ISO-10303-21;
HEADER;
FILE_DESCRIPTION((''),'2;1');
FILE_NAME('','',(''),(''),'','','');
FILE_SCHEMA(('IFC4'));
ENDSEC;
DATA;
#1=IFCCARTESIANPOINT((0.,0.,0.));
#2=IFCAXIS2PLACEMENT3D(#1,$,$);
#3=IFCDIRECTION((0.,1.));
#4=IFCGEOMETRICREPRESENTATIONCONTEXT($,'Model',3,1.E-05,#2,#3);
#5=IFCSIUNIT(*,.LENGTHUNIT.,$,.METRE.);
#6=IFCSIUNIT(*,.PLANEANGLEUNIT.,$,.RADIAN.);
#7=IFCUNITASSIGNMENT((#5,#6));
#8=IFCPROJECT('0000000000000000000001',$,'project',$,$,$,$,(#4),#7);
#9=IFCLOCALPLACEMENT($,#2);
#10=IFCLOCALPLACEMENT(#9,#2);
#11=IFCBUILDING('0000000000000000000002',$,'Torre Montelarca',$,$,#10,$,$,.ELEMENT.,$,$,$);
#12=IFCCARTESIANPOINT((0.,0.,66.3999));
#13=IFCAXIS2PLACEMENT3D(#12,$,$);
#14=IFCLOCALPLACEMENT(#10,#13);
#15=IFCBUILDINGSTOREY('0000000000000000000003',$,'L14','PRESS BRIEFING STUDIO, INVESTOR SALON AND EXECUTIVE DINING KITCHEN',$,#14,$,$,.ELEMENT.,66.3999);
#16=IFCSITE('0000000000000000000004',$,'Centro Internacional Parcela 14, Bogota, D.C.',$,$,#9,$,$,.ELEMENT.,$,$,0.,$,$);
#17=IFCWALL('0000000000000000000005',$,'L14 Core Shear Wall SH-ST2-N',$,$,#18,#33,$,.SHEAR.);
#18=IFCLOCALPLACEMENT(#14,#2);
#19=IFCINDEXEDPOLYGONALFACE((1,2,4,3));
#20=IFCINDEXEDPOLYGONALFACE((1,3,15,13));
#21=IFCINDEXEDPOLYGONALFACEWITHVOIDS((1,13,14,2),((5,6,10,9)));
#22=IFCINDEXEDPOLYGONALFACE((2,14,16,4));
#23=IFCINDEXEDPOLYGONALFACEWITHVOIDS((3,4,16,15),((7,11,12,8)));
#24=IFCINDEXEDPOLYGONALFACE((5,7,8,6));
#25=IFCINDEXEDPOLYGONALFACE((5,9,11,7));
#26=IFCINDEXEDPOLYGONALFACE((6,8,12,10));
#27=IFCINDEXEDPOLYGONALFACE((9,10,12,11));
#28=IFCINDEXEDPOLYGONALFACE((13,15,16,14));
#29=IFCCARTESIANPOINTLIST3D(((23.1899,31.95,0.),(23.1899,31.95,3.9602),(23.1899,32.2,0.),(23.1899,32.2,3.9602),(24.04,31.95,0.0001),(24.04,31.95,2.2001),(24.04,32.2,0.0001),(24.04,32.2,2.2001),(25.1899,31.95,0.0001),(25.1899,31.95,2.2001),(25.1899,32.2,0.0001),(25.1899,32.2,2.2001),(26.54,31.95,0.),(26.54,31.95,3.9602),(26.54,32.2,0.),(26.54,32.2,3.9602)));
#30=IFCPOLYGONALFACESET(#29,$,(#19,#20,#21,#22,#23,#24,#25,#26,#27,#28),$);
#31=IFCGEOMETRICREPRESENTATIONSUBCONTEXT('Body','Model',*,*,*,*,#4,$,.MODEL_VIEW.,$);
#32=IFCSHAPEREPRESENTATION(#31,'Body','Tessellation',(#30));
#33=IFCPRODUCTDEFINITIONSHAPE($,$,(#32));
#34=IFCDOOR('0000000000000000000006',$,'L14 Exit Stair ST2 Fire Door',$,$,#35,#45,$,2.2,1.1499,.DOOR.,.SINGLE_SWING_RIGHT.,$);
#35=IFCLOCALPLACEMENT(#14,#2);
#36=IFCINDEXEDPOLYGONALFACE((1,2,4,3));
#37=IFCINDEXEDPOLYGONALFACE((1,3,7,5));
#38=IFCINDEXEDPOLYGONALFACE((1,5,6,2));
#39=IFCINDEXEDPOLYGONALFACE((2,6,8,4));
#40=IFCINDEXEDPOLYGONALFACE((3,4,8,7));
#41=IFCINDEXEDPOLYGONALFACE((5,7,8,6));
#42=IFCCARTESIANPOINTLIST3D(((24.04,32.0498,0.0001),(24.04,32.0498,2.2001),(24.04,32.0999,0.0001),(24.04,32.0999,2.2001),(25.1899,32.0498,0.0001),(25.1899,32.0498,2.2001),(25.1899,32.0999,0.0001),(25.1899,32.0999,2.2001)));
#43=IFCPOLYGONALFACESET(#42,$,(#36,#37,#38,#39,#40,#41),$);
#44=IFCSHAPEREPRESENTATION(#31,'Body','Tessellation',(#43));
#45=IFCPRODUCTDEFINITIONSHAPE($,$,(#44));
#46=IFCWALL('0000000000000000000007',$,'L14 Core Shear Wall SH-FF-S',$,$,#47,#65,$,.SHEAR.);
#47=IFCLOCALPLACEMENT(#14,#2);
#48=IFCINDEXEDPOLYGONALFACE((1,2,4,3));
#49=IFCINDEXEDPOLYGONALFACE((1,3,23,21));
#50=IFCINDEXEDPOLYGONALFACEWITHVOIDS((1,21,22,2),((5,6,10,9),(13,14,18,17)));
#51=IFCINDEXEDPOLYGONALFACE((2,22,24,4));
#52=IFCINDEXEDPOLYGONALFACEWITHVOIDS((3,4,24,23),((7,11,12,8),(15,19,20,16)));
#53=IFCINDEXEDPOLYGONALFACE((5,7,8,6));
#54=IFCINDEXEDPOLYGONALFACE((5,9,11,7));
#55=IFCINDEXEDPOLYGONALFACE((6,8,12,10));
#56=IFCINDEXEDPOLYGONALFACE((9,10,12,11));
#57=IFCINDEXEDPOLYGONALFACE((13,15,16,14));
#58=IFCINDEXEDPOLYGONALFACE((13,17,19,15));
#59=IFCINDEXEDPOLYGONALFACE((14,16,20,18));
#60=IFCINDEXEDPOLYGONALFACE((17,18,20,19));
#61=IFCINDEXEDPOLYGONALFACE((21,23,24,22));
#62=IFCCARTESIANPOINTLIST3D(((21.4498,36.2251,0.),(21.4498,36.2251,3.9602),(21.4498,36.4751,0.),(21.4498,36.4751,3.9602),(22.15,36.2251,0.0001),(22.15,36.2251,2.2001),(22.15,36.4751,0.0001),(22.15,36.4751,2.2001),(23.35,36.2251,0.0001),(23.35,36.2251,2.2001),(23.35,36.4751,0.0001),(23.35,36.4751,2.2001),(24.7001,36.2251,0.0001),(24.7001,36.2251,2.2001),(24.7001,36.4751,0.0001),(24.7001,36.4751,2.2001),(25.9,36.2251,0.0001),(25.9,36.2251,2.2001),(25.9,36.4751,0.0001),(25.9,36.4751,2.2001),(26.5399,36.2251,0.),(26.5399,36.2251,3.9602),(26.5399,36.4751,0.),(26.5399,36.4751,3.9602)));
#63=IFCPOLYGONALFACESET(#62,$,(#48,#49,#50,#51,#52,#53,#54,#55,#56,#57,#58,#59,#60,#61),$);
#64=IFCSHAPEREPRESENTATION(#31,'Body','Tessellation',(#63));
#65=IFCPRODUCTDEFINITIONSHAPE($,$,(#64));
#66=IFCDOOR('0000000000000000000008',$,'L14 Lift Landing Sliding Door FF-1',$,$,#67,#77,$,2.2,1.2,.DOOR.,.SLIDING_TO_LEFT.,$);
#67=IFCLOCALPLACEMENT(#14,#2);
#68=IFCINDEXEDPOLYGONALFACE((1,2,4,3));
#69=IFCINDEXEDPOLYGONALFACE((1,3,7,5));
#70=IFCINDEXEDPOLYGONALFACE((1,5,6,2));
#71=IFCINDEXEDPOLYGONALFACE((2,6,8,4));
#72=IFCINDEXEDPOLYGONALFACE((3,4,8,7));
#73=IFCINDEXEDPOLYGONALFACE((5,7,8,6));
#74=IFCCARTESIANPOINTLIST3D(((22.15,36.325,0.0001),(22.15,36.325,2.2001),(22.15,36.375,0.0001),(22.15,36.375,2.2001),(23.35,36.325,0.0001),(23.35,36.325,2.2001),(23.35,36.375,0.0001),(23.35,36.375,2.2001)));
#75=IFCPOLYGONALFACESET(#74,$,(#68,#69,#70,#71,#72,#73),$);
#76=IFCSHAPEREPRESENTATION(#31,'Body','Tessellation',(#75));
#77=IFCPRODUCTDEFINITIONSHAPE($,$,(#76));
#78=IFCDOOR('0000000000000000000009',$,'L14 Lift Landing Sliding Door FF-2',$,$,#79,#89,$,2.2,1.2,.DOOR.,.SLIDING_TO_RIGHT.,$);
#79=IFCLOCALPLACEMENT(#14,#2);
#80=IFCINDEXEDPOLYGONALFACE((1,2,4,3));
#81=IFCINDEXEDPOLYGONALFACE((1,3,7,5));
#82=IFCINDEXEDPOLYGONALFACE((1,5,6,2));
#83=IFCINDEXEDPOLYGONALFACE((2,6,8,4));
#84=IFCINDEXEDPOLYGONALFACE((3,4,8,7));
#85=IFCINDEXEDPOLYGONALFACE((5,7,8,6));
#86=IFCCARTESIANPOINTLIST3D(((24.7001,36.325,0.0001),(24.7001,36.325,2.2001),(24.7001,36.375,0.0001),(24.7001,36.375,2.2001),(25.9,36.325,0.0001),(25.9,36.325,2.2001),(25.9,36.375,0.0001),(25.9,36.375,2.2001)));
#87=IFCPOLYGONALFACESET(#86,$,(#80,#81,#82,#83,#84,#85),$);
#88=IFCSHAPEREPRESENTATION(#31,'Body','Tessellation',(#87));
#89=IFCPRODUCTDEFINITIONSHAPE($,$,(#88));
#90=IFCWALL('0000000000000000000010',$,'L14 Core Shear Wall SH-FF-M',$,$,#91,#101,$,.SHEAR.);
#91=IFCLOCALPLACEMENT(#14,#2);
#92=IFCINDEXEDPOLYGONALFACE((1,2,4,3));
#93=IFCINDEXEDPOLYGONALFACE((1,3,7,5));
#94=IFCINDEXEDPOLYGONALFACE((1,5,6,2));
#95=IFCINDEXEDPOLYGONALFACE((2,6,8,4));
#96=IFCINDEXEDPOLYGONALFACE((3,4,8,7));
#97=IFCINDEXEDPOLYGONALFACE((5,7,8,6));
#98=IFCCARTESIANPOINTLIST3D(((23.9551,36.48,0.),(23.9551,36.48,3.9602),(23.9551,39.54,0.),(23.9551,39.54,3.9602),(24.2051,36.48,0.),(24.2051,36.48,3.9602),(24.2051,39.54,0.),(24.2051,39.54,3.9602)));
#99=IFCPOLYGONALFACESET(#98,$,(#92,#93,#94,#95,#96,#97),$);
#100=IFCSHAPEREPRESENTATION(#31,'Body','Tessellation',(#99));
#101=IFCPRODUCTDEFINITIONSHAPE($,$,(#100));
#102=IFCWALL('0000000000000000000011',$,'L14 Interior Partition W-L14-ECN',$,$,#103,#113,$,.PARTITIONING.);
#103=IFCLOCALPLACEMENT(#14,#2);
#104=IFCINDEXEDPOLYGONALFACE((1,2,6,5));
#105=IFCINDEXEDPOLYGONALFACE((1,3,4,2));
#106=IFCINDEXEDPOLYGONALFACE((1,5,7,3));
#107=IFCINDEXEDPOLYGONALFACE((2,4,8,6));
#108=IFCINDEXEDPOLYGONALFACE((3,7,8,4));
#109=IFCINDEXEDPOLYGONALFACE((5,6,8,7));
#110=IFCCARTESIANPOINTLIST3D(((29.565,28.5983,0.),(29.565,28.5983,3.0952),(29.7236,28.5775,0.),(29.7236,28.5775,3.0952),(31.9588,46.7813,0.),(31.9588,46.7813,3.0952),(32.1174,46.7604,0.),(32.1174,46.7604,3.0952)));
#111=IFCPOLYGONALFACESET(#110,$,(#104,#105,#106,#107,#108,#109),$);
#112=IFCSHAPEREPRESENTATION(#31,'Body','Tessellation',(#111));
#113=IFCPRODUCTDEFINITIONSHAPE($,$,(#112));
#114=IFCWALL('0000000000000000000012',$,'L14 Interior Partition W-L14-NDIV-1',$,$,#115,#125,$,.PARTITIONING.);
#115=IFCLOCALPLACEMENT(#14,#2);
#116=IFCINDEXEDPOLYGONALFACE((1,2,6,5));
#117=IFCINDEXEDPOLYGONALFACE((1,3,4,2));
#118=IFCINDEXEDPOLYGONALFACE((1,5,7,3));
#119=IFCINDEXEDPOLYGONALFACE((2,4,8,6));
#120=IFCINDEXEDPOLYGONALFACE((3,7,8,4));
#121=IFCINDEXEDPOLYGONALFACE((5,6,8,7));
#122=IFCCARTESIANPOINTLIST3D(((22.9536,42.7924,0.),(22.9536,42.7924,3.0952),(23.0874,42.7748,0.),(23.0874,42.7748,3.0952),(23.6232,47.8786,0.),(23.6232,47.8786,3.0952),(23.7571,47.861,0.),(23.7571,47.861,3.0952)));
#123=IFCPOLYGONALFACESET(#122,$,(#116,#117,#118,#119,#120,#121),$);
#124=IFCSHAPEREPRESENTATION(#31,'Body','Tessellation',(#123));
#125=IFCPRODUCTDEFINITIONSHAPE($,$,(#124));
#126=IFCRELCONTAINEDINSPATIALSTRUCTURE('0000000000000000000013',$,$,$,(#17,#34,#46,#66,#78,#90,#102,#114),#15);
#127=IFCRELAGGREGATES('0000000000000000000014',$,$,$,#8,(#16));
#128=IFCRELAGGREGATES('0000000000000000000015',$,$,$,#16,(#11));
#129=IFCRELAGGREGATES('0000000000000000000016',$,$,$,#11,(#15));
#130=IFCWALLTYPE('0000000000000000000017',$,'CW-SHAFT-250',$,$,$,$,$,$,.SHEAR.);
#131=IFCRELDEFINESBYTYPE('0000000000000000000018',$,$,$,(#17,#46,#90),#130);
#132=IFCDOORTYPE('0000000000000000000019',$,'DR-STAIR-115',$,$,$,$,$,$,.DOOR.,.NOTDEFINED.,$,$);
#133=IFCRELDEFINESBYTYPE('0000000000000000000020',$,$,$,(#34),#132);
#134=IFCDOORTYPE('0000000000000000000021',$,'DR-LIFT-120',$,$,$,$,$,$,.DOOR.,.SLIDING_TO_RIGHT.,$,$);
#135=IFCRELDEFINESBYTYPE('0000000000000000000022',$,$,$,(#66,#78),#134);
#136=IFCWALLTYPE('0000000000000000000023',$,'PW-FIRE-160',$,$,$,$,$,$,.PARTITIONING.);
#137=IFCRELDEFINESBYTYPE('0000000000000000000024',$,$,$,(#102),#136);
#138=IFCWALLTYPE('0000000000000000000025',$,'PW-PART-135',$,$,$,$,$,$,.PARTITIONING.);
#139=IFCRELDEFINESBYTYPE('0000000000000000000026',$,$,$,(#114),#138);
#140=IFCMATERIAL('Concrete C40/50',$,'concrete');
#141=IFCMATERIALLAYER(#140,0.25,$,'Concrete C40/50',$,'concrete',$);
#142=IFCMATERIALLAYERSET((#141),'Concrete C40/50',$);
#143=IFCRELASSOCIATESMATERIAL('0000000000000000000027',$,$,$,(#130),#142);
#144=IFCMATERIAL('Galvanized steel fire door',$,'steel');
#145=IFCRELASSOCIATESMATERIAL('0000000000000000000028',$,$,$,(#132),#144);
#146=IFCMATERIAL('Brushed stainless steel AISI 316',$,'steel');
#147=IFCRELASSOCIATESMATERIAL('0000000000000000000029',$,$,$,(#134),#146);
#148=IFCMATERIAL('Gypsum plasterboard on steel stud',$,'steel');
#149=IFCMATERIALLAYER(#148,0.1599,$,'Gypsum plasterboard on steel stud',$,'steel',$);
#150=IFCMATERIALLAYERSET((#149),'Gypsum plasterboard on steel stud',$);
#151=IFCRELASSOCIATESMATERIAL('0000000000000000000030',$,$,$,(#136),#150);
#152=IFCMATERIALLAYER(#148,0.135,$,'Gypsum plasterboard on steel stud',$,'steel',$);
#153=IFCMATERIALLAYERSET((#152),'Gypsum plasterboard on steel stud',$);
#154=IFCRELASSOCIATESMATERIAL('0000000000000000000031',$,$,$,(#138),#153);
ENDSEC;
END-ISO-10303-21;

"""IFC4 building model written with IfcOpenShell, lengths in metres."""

from ifc_helpers import new_model, si_unit, direction, frame, frame_2d, origin, place, context, subcontext, project, spatial, rectangle, extrude, source, transform, mapped, material, layer, layer_set, type_object, element, fill, save


model = new_model("IFC4")

# Units and contexts
model_context = context("Model", 3, precision=1e-05, world=origin(), true_north=direction((0.0, 1.0)))
body_context = subcontext(model_context, "Body", "Model", "MODEL_VIEW")
ifc_project = project(units=[si_unit("LENGTHUNIT", "METRE"), si_unit("PLANEANGLEUNIT", "RADIAN")], contexts=[model_context])

# Site, building, storey
site_placement = place(None, origin())
site = spatial("IfcSite", under=ifc_project, at=site_placement, Name="Centro Internacional Parcela 14, Bogota, D.C.", CompositionType="ELEMENT", RefElevation=0.0)
building_placement = place(site_placement, origin())
building = spatial("IfcBuilding", under=site, at=building_placement, Name="Torre Montelarca", CompositionType="ELEMENT")
storey_placement = place(building_placement, frame((0.0, 0.0, 66.3999)))
storey = spatial("IfcBuildingStorey", under=building, at=storey_placement, Name="L14", Description="PRESS BRIEFING STUDIO, INVESTOR SALON AND EXECUTIVE DINING KITCHEN", CompositionType="ELEMENT", Elevation=66.3999)

# Wall, opening, door
ifc_material_1 = material(Name="Concrete C40/50", Category="concrete")
ifc_layer_1 = layer(ifc_material_1, 0.25, Name="Concrete C40/50", Category="concrete")
ifc_layer_set_1 = layer_set([ifc_layer_1], Name="Concrete C40/50")
wall_type_1 = type_object("IfcWallType", Name="CW-SHAFT-250", PredefinedType="SHEAR", material=ifc_layer_set_1)
wall_1_placement = place(storey_placement, frame((23.1899, 32.075, 0.0), z_axis=(0.0, 0.0, 1.0), x_axis=(1.0, 0.0, 0.0)))
wall_1 = element("IfcWall", 1, at=wall_1_placement, inside=storey, type_object=wall_type_1, Name="L14 Core Shear Wall SH-ST2-N", PredefinedType="SHEAR", context=body_context, shape_type="SweptSolid", body=[
    extrude(rectangle(XDim=3.3501, YDim=0.25, at=frame_2d((1.675, 0.0))), origin(), (0.0, 0.0, 1.0), 3.9602),
])
opening_1_placement = place(wall_1_placement, frame((0.8501, 0.0, 0.0)))
opening_1 = element("IfcOpeningElement", 2, at=opening_1_placement, cuts=wall_1, PredefinedType="OPENING", context=body_context, shape_type="SweptSolid", body=[
    extrude(rectangle(XDim=1.1499, YDim=2.2, at=frame_2d((0.575, 1.1001))), frame((0.0, 0.135, 0.0), z_axis=(0.0, -1.0, 0.0), x_axis=(1.0, 0.0, 0.0)), (0.0, 0.0, 1.0), 0.27),
])
ifc_material_2 = material(Name="Galvanized steel fire door", Category="steel")
door_type_1 = type_object("IfcDoorType", Name="DR-STAIR-115", OperationType="NOTDEFINED", PredefinedType="DOOR", material=ifc_material_2)
shared_shape_1 = source(origin(), body_context, "Body", "SweptSolid", [
    extrude(rectangle(XDim=1.1499, YDim=2.2, at=frame_2d((0.575, 1.1001))), frame((0.0, 0.0249, 0.0), z_axis=(0.0, -1.0, 0.0), x_axis=(1.0, 0.0, 0.0)), (0.0, 0.0, 1.0), 0.05),
])
door_1_placement = place(opening_1_placement, origin())
door_1 = element("IfcDoor", 3, at=door_1_placement, inside=storey, type_object=door_type_1, Name="L14 Exit Stair ST2 Fire Door", OperationType="SINGLE_SWING_RIGHT", OverallHeight=2.2, OverallWidth=1.1499, PredefinedType="DOOR", context=body_context, shape_type="MappedRepresentation", body=[
    mapped(shared_shape_1, transform((0.0, 0.0, 0.0), scale=1.0)),
])
fill(opening_1, door_1)

# Wall, openings, doors
wall_2_placement = place(storey_placement, frame((21.45, 36.3501, 0.0), z_axis=(0.0, 0.0, 1.0), x_axis=(1.0, 0.0, 0.0)))
wall_2 = element("IfcWall", 4, at=wall_2_placement, inside=storey, type_object=wall_type_1, Name="L14 Core Shear Wall SH-FF-S", PredefinedType="SHEAR", context=body_context, shape_type="SweptSolid", body=[
    extrude(rectangle(XDim=5.0901, YDim=0.25, at=frame_2d((2.5449, 0.0))), origin(), (0.0, 0.0, 1.0), 3.9602),
])
opening_2_placement = place(wall_2_placement, frame((0.7, 0.0, 0.0)))
opening_2 = element("IfcOpeningElement", 5, at=opening_2_placement, cuts=wall_2, PredefinedType="OPENING", context=body_context, shape_type="SweptSolid", body=[
    extrude(rectangle(XDim=1.2, YDim=2.2, at=frame_2d((0.6001, 1.1001))), frame((0.0, 0.135, 0.0), z_axis=(0.0, -1.0, 0.0), x_axis=(1.0, 0.0, 0.0)), (0.0, 0.0, 1.0), 0.27),
])
opening_3_placement = place(wall_2_placement, frame((3.25, 0.0, 0.0)))
opening_3 = element("IfcOpeningElement", 6, at=opening_3_placement, cuts=wall_2, PredefinedType="OPENING", context=body_context, shape_type="SweptSolid", body=[
    extrude(rectangle(XDim=1.2, YDim=2.2, at=frame_2d((0.6001, 1.1001))), frame((0.0, 0.135, 0.0), z_axis=(0.0, -1.0, 0.0), x_axis=(1.0, 0.0, 0.0)), (0.0, 0.0, 1.0), 0.27),
])
ifc_material_3 = material(Name="Brushed stainless steel AISI 316", Category="steel")
door_type_2 = type_object("IfcDoorType", Name="DR-LIFT-120", OperationType="SLIDING_TO_RIGHT", PredefinedType="DOOR", material=ifc_material_3)
shared_shape_2 = source(origin(), body_context, "Body", "SweptSolid", [
    extrude(rectangle(XDim=1.2, YDim=2.2, at=frame_2d((0.6001, 1.1001))), frame((0.0, 0.0249, 0.0), z_axis=(0.0, -1.0, 0.0), x_axis=(1.0, 0.0, 0.0)), (0.0, 0.0, 1.0), 0.05),
])
door_2_placement = place(opening_2_placement, origin())
door_2 = element("IfcDoor", 7, at=door_2_placement, inside=storey, type_object=door_type_2, Name="L14 Lift Landing Sliding Door FF-1", OperationType="SLIDING_TO_LEFT", OverallHeight=2.2, OverallWidth=1.2, PredefinedType="DOOR", context=body_context, shape_type="MappedRepresentation", body=[
    mapped(shared_shape_2, transform((0.0, 0.0, 0.0), scale=1.0)),
])
fill(opening_2, door_2)
door_3_placement = place(opening_3_placement, origin())
door_3 = element("IfcDoor", 8, at=door_3_placement, inside=storey, type_object=door_type_2, Name="L14 Lift Landing Sliding Door FF-2", OperationType="SLIDING_TO_RIGHT", OverallHeight=2.2, OverallWidth=1.2, PredefinedType="DOOR", context=body_context, shape_type="MappedRepresentation", body=[
    mapped(shared_shape_2, transform((0.0, 0.0, 0.0), scale=1.0)),
])
fill(opening_3, door_3)

# Walls
wall_3_placement = place(storey_placement, frame((24.0801, 36.48, 0.0), z_axis=(0.0, 0.0, 1.0), x_axis=(0.0, 1.0, 0.0)))
element("IfcWall", 9, at=wall_3_placement, inside=storey, type_object=wall_type_1, Name="L14 Core Shear Wall SH-FF-M", PredefinedType="SHEAR", context=body_context, shape_type="SweptSolid", body=[
    extrude(rectangle(XDim=3.0601, YDim=0.25, at=frame_2d((1.53, 0.0))), origin(), (0.0, 0.0, 1.0), 3.9602),
])
ifc_material_4 = material(Name="Gypsum plasterboard on steel stud", Category="steel")
ifc_layer_2 = layer(ifc_material_4, 0.1599, Name="Gypsum plasterboard on steel stud", Category="steel")
ifc_layer_set_2 = layer_set([ifc_layer_2], Name="Gypsum plasterboard on steel stud")
wall_type_2 = type_object("IfcWallType", Name="PW-FIRE-160", PredefinedType="PARTITIONING", material=ifc_layer_set_2)
wall_4_placement = place(storey_placement, frame((29.6443, 28.5879, 0.0), z_axis=(0.0, 0.0, 1.0), x_axis=(0.130525, 0.991445, 0.0)))
element("IfcWall", 10, at=wall_4_placement, inside=storey, type_object=wall_type_2, Name="L14 Interior Partition W-L14-ECN", PredefinedType="PARTITIONING", context=body_context, shape_type="SweptSolid", body=[
    extrude(rectangle(XDim=18.3398, YDim=0.1599, at=frame_2d((9.1699, 0.0))), origin(), (0.0, 0.0, 1.0), 3.0952),
])
ifc_layer_3 = layer(ifc_material_4, 0.135, Name="Gypsum plasterboard on steel stud", Category="steel")
ifc_layer_set_3 = layer_set([ifc_layer_3], Name="Gypsum plasterboard on steel stud")
wall_type_3 = type_object("IfcWallType", Name="PW-PART-135", PredefinedType="PARTITIONING", material=ifc_layer_set_3)
wall_5_placement = place(storey_placement, frame((23.0205, 42.7837, 0.0), z_axis=(0.0, 0.0, 1.0), x_axis=(0.130539, 0.991443, 0.0)))
element("IfcWall", 11, at=wall_5_placement, inside=storey, type_object=wall_type_3, Name="L14 Interior Partition W-L14-NDIV-1", PredefinedType="PARTITIONING", context=body_context, shape_type="SweptSolid", body=[
    extrude(rectangle(XDim=5.1301, YDim=0.135, at=frame_2d((2.5649, 0.0))), origin(), (0.0, 0.0, 1.0), 3.0952),
])

save(model, "model.ifc")
